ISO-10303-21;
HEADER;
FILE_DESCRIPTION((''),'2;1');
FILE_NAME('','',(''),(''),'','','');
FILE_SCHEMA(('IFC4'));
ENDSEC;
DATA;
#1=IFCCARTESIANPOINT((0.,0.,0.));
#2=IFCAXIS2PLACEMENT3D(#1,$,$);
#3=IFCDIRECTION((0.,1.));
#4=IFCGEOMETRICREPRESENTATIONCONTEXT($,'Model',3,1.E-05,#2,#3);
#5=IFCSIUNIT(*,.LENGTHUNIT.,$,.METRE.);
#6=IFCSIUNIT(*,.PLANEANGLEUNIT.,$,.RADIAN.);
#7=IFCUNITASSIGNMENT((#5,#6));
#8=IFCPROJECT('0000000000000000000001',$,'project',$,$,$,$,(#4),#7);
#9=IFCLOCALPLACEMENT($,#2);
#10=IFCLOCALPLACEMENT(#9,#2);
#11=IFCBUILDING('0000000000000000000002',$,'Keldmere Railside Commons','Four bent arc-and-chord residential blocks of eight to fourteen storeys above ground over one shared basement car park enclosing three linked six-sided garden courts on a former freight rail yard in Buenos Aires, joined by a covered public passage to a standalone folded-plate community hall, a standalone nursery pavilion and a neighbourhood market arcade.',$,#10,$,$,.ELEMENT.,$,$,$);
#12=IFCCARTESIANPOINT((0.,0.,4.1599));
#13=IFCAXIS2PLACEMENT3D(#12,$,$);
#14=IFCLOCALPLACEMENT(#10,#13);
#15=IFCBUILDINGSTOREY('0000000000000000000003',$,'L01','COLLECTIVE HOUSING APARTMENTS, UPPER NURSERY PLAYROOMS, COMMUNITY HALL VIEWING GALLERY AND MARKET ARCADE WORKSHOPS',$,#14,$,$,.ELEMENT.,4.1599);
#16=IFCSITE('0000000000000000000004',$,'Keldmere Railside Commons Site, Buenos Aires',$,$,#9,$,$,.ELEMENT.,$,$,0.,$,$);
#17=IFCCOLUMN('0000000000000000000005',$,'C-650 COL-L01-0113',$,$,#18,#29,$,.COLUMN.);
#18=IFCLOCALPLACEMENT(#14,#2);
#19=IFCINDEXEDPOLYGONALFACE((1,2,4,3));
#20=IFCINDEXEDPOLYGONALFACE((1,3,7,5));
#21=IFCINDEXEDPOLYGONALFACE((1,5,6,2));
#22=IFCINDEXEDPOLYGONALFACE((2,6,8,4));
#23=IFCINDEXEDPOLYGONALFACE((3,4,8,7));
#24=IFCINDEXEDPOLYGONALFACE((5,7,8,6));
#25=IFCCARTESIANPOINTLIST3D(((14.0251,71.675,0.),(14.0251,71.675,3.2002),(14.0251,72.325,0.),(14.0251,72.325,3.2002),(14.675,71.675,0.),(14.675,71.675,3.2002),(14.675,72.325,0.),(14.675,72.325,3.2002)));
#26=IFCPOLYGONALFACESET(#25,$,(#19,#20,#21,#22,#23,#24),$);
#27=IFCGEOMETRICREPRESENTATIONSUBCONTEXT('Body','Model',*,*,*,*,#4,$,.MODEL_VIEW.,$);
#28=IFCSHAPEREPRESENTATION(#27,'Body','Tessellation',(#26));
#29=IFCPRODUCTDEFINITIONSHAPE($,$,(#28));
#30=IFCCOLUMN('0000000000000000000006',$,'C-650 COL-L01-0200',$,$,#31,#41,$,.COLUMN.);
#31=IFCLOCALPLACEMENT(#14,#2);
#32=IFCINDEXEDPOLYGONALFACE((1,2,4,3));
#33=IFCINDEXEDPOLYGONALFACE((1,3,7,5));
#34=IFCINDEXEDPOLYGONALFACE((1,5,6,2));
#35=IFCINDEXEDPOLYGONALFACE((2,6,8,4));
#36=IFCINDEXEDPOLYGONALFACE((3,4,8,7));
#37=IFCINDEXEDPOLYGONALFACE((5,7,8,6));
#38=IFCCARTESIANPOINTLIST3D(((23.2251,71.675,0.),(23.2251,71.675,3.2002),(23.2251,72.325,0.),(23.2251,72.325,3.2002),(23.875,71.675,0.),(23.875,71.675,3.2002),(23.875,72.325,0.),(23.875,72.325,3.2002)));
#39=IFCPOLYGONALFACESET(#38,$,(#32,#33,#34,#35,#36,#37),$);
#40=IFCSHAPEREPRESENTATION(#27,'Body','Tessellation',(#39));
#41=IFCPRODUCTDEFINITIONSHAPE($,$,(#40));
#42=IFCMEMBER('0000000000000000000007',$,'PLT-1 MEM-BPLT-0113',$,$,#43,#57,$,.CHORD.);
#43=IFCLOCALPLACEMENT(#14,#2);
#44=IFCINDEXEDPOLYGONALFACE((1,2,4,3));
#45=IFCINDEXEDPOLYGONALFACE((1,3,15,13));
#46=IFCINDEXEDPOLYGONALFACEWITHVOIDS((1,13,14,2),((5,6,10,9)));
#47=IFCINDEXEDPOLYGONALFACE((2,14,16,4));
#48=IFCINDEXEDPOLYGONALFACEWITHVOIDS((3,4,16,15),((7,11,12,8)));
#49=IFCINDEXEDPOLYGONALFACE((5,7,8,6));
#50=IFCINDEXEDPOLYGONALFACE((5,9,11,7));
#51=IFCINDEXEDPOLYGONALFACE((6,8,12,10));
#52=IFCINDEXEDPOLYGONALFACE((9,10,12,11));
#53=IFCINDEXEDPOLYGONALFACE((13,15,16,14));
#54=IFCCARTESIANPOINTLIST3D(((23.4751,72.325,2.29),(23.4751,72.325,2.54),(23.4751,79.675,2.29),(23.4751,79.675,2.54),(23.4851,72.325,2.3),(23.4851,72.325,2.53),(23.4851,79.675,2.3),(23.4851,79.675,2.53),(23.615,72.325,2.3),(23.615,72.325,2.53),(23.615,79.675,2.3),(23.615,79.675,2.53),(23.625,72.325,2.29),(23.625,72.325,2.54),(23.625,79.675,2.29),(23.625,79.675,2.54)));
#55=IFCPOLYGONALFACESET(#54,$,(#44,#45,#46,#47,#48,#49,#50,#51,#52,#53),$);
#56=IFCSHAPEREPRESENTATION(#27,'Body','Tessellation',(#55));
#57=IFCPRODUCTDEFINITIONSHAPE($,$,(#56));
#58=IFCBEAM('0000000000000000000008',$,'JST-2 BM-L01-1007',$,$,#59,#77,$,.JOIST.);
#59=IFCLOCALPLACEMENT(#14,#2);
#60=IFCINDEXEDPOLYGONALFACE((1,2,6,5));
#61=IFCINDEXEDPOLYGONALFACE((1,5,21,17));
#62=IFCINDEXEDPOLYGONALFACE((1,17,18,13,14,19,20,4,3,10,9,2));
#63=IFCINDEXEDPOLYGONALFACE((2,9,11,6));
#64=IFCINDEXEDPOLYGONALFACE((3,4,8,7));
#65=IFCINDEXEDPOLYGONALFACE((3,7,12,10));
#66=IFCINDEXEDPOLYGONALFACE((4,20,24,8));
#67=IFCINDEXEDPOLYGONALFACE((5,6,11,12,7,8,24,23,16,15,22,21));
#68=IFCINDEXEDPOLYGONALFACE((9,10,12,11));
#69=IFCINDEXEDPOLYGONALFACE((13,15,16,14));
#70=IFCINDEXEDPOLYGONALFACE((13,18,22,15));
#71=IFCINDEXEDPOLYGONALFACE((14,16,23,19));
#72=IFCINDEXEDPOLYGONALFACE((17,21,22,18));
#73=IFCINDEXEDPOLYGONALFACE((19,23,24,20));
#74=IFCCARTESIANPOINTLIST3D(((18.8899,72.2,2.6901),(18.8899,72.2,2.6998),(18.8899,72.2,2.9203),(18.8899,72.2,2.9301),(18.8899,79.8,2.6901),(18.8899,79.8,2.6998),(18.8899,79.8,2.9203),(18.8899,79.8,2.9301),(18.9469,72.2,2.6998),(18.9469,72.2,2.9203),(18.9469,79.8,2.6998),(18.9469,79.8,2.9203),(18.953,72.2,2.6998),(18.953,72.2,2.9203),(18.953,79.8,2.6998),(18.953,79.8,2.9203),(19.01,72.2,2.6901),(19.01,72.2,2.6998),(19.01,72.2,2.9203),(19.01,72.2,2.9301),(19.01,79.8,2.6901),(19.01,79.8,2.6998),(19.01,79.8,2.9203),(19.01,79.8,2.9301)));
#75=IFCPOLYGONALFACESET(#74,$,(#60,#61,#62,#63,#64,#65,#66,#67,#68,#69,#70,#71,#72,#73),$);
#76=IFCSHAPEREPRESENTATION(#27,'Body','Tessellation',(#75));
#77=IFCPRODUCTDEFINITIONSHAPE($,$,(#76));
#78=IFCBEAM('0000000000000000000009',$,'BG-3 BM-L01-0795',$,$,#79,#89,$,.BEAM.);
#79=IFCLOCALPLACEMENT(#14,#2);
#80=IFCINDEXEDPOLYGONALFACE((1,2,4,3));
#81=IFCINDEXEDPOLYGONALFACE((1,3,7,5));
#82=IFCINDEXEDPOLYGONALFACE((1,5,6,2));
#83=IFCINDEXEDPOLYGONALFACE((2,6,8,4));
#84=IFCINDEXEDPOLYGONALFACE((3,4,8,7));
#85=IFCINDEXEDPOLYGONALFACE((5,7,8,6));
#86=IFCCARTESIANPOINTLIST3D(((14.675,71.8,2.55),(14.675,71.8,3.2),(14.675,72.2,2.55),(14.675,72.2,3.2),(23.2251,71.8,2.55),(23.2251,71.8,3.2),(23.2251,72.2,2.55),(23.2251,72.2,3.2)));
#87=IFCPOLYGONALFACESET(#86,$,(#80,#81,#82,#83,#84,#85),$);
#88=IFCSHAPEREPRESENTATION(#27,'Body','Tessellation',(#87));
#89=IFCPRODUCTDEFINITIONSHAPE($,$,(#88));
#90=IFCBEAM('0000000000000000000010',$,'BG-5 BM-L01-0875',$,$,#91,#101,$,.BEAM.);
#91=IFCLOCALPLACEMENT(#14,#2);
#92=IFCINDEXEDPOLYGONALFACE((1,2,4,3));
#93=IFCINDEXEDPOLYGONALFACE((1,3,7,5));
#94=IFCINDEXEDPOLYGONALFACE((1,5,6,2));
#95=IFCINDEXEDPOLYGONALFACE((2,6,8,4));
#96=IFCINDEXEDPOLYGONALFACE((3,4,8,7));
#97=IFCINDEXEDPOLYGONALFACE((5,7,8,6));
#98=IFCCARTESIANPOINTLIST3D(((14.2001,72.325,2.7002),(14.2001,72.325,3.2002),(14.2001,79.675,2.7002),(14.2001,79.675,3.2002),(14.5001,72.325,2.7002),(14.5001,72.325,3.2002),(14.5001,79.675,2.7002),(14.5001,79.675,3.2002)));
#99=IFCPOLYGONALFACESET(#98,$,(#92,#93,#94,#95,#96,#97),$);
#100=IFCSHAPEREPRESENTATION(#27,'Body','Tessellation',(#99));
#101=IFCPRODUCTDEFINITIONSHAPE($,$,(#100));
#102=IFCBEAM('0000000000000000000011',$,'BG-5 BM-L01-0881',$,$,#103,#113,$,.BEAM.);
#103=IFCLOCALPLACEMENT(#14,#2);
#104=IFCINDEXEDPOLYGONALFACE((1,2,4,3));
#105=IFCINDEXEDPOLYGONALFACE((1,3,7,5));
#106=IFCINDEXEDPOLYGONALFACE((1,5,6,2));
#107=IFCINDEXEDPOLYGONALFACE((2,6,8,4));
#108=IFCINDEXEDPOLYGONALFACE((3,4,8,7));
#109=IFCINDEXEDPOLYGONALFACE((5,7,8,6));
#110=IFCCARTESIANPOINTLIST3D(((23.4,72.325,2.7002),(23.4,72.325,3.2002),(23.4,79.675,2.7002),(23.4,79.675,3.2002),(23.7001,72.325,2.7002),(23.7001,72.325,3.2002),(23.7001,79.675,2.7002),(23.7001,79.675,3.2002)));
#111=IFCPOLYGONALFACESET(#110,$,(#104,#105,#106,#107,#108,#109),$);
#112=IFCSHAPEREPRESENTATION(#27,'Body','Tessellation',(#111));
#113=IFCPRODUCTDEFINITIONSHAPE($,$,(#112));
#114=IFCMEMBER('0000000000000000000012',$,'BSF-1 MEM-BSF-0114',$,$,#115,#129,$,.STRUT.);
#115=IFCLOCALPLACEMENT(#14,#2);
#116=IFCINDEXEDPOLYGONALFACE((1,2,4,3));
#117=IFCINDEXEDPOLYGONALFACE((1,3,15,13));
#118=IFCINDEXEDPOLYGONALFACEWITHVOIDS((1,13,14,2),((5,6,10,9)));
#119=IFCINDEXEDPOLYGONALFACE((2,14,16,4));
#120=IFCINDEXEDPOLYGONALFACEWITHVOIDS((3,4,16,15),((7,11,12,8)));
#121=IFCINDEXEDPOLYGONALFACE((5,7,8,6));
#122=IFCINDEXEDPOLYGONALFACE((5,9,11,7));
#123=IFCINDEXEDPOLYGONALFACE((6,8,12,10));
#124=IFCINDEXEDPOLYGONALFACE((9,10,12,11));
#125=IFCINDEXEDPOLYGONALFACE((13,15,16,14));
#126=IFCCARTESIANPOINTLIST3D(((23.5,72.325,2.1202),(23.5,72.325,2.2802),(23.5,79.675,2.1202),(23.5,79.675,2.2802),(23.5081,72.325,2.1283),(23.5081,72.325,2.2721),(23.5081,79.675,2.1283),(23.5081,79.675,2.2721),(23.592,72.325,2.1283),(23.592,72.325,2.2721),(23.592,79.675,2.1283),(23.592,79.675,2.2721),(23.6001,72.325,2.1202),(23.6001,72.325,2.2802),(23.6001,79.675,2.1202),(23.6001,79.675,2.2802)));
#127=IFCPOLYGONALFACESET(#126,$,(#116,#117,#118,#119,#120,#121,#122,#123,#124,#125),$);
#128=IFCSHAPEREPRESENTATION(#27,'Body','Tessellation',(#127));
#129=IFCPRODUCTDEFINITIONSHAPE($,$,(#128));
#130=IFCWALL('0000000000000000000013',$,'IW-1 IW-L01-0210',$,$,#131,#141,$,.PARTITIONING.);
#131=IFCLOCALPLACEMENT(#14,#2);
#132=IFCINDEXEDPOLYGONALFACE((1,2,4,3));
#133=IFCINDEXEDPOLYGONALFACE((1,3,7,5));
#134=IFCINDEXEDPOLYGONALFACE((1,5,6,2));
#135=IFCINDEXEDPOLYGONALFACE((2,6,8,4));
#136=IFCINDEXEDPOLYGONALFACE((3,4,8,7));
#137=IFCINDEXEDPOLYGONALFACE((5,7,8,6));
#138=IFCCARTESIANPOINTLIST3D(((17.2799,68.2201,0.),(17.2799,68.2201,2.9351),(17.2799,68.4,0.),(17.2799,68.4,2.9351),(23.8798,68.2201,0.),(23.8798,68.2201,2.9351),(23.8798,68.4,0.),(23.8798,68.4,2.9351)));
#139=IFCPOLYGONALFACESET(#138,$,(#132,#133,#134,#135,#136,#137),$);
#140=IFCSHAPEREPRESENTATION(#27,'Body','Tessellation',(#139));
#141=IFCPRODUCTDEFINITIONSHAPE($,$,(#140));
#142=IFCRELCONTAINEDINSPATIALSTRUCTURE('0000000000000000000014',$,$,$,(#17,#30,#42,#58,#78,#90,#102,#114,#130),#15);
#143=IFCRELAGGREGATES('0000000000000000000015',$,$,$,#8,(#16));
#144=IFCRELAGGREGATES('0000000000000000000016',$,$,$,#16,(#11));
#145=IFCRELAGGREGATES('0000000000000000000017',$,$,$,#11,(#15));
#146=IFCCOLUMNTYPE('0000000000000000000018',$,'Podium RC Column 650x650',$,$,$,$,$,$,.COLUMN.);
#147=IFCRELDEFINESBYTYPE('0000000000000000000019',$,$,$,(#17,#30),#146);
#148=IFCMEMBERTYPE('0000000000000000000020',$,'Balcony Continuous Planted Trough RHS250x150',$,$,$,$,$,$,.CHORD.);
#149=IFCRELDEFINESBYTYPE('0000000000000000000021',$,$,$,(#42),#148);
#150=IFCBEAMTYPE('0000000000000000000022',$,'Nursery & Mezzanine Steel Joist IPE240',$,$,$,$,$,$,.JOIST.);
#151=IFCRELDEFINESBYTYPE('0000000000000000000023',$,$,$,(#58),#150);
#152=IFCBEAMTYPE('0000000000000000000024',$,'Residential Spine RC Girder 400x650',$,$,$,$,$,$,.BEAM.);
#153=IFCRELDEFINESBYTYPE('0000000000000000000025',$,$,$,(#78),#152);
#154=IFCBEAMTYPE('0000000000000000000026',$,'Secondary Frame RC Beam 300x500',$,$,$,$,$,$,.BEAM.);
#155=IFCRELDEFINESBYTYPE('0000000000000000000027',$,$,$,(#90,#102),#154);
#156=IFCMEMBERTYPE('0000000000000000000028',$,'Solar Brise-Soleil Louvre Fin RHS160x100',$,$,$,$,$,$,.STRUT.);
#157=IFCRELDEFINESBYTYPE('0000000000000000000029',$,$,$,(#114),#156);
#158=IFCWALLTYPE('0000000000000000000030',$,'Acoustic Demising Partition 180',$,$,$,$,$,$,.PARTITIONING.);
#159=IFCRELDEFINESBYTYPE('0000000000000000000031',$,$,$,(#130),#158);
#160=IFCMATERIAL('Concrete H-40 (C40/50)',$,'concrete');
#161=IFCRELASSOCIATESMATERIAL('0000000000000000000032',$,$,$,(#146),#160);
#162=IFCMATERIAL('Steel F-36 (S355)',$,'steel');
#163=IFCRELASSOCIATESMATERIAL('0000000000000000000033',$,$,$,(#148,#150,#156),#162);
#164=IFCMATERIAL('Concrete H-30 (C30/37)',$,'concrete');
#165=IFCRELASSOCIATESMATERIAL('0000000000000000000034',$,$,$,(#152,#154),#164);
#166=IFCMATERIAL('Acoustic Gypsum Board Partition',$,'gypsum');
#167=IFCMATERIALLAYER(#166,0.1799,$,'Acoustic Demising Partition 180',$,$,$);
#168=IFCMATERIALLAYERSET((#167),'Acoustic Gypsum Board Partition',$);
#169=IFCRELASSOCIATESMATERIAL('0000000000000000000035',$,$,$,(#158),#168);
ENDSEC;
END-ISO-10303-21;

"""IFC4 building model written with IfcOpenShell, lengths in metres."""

from ifc_helpers import new_model, si_unit, direction, frame, frame_2d, origin, origin_2d, place, context, subcontext, project, spatial, rectangle, hollow_rectangle, i_section, extrude, material, layer, layer_set, material_profile, profile_set, type_object, element, save


model = new_model("IFC4")

# Units and contexts
model_context = context("Model", 3, precision=1e-05, world=origin(), true_north=direction((0.0, 1.0)))
body_context = subcontext(model_context, "Body", "Model", "MODEL_VIEW")
ifc_project = project(units=[si_unit("LENGTHUNIT", "METRE"), si_unit("PLANEANGLEUNIT", "RADIAN")], contexts=[model_context])

# Site, building, storey
site_placement = place(None, origin())
site = spatial("IfcSite", under=ifc_project, at=site_placement, Name="Keldmere Railside Commons Site, Buenos Aires", CompositionType="ELEMENT", RefElevation=0.0)
building_placement = place(site_placement, origin())
building = spatial("IfcBuilding", under=site, at=building_placement, Name="Keldmere Railside Commons", Description="Four bent arc-and-chord residential blocks of eight to fourteen storeys above ground over one shared basement car park enclosing three linked six-sided garden courts on a former freight rail yard in Buenos Aires, joined by a covered public passage to a standalone folded-plate community hall, a standalone nursery pavilion and a neighbourhood market arcade.", CompositionType="ELEMENT")
storey_placement = place(building_placement, frame((0.0, 0.0, 4.1599)))
storey = spatial("IfcBuildingStorey", under=building, at=storey_placement, Name="L01", Description="COLLECTIVE HOUSING APARTMENTS, UPPER NURSERY PLAYROOMS, COMMUNITY HALL VIEWING GALLERY AND MARKET ARCADE WORKSHOPS", CompositionType="ELEMENT", Elevation=4.1599)

# Columns
ifc_material_1 = material(Name="Concrete H-40 (C40/50)", Category="concrete")
ifc_material_profile_1 = material_profile(ifc_material_1, rectangle(XDim=0.6499, YDim=0.6499, at=origin_2d()), Name="RC-650x650")
ifc_profile_set_1 = profile_set([ifc_material_profile_1], Name="Concrete H-40 (C40/50)")
column_type = type_object("IfcColumnType", Name="Podium RC Column 650x650", PredefinedType="COLUMN", material=ifc_profile_set_1)
for number, where, z_axis, x_axis, name in (
    (1, (14.3501, 72.0, 0.0), (0.0, 0.0, 1.0), (1.0, 0.0, 0.0), "C-650 COL-L01-0113"),
    (2, (23.55, 72.0, 0.0), (0.0, 0.0, 1.0), (1.0, 0.0, 0.0), "C-650 COL-L01-0200"),
):
    element("IfcColumn", number, at=place(storey_placement, frame(where, z_axis=z_axis, x_axis=x_axis)), inside=storey, type_object=column_type, Name=name, PredefinedType="COLUMN", context=body_context, shape_type="SweptSolid", body=[
        extrude(rectangle(XDim=0.6499, YDim=0.6499, at=origin_2d()), origin(), (0.0, 0.0, 1.0), 3.2002),
    ])

# Member
ifc_material_2 = material(Name="Steel F-36 (S355)", Category="steel")
ifc_material_profile_2 = material_profile(ifc_material_2, hollow_rectangle(XDim=0.1499, YDim=0.25, WallThickness=0.01, at=origin_2d()), Name="RHS-250x150x10")
ifc_profile_set_2 = profile_set([ifc_material_profile_2], Name="Steel F-36 (S355)")
member_type_1 = type_object("IfcMemberType", Name="Balcony Continuous Planted Trough RHS250x150", PredefinedType="CHORD", material=ifc_profile_set_2)
member_1_placement = place(storey_placement, frame((23.55, 72.325, 2.415), z_axis=(0.0, 1.0, 0.0), x_axis=(-1.0, 0.0, 0.0)))
element("IfcMember", 3, at=member_1_placement, inside=storey, type_object=member_type_1, Name="PLT-1 MEM-BPLT-0113", PredefinedType="CHORD", context=body_context, shape_type="SweptSolid", body=[
    extrude(hollow_rectangle(XDim=0.1499, YDim=0.25, WallThickness=0.01, at=origin_2d()), origin(), (0.0, 0.0, 1.0), 7.3501),
])

# Beams
ifc_material_profile_3 = material_profile(ifc_material_2, i_section(OverallWidth=0.1201, OverallDepth=0.24, WebThickness=0.0061, FlangeThickness=0.0098, at=origin_2d()), Name="IPE-240")
ifc_profile_set_3 = profile_set([ifc_material_profile_3], Name="Steel F-36 (S355)")
beam_type_1 = type_object("IfcBeamType", Name="Nursery & Mezzanine Steel Joist IPE240", PredefinedType="JOIST", material=ifc_profile_set_3)
beam_1_placement = place(storey_placement, frame((18.95, 72.2, 2.8101), z_axis=(0.0, 1.0, 0.0), x_axis=(-1.0, 0.0, 0.0)))
element("IfcBeam", 4, at=beam_1_placement, inside=storey, type_object=beam_type_1, Name="JST-2 BM-L01-1007", PredefinedType="JOIST", context=body_context, shape_type="SweptSolid", body=[
    extrude(i_section(OverallWidth=0.1201, OverallDepth=0.24, WebThickness=0.0061, FlangeThickness=0.0098, at=origin_2d()), origin(), (0.0, 0.0, 1.0), 7.6001),
])
ifc_material_3 = material(Name="Concrete H-30 (C30/37)", Category="concrete")
ifc_material_profile_4 = material_profile(ifc_material_3, rectangle(XDim=0.3999, YDim=0.6499, at=origin_2d()), Name="RC-400x650")
ifc_profile_set_4 = profile_set([ifc_material_profile_4], Name="Concrete H-30 (C30/37)")
beam_type_2 = type_object("IfcBeamType", Name="Residential Spine RC Girder 400x650", PredefinedType="BEAM", material=ifc_profile_set_4)
beam_2_placement = place(storey_placement, frame((14.675, 72.0, 2.875), z_axis=(1.0, 0.0, 0.0), x_axis=(0.0, 1.0, 0.0)))
element("IfcBeam", 5, at=beam_2_placement, inside=storey, type_object=beam_type_2, Name="BG-3 BM-L01-0795", PredefinedType="BEAM", context=body_context, shape_type="SweptSolid", body=[
    extrude(rectangle(XDim=0.3999, YDim=0.6499, at=origin_2d()), origin(), (0.0, 0.0, 1.0), 8.55),
])
ifc_material_profile_5 = material_profile(ifc_material_3, rectangle(XDim=0.3, YDim=0.5, at=origin_2d()), Name="RC-300x500")
ifc_profile_set_5 = profile_set([ifc_material_profile_5], Name="Concrete H-30 (C30/37)")
beam_type_3 = type_object("IfcBeamType", Name="Secondary Frame RC Beam 300x500", PredefinedType="BEAM", material=ifc_profile_set_5)
for number, where, z_axis, x_axis, name in (
    (6, (14.3501, 72.325, 2.9502), (0.0, 1.0, 0.0), (-1.0, 0.0, 0.0), "BG-5 BM-L01-0875"),
    (7, (23.55, 72.325, 2.9502), (0.0, 1.0, 0.0), (-1.0, 0.0, 0.0), "BG-5 BM-L01-0881"),
):
    element("IfcBeam", number, at=place(storey_placement, frame(where, z_axis=z_axis, x_axis=x_axis)), inside=storey, type_object=beam_type_3, Name=name, PredefinedType="BEAM", context=body_context, shape_type="SweptSolid", body=[
        extrude(rectangle(XDim=0.3, YDim=0.5, at=origin_2d()), origin(), (0.0, 0.0, 1.0), 7.3501),
    ])

# Member
ifc_material_profile_6 = material_profile(ifc_material_2, hollow_rectangle(XDim=0.1001, YDim=0.1599, WallThickness=0.0081, at=origin_2d()), Name="RHS-160x100x8")
ifc_profile_set_6 = profile_set([ifc_material_profile_6], Name="Steel F-36 (S355)")
member_type_2 = type_object("IfcMemberType", Name="Solar Brise-Soleil Louvre Fin RHS160x100", PredefinedType="STRUT", material=ifc_profile_set_6)
member_2_placement = place(storey_placement, frame((23.55, 72.325, 2.2002), z_axis=(0.0, 1.0, 0.0), x_axis=(-1.0, 0.0, 0.0)))
element("IfcMember", 8, at=member_2_placement, inside=storey, type_object=member_type_2, Name="BSF-1 MEM-BSF-0114", PredefinedType="STRUT", context=body_context, shape_type="SweptSolid", body=[
    extrude(hollow_rectangle(XDim=0.1001, YDim=0.1599, WallThickness=0.0081, at=origin_2d()), origin(), (0.0, 0.0, 1.0), 7.3501),
])

# Wall
ifc_material_4 = material(Name="Acoustic Gypsum Board Partition", Category="gypsum")
ifc_layer_1 = layer(ifc_material_4, 0.1799, Name="Acoustic Demising Partition 180")
ifc_layer_set_1 = layer_set([ifc_layer_1], Name="Acoustic Gypsum Board Partition")
wall_type_1 = type_object("IfcWallType", Name="Acoustic Demising Partition 180", PredefinedType="PARTITIONING", material=ifc_layer_set_1)
wall_1_placement = place(storey_placement, frame((17.28, 68.3101, 0.0), z_axis=(0.0, 0.0, 1.0), x_axis=(1.0, 0.0, 0.0)))
element("IfcWall", 9, at=wall_1_placement, inside=storey, type_object=wall_type_1, Name="IW-1 IW-L01-0210", PredefinedType="PARTITIONING", context=body_context, shape_type="SweptSolid", body=[
    extrude(rectangle(XDim=6.5999, YDim=0.1799, at=frame_2d((3.2998, 0.0))), origin(), (0.0, 0.0, 1.0), 2.9351),
])

save(model, "model.ifc")
